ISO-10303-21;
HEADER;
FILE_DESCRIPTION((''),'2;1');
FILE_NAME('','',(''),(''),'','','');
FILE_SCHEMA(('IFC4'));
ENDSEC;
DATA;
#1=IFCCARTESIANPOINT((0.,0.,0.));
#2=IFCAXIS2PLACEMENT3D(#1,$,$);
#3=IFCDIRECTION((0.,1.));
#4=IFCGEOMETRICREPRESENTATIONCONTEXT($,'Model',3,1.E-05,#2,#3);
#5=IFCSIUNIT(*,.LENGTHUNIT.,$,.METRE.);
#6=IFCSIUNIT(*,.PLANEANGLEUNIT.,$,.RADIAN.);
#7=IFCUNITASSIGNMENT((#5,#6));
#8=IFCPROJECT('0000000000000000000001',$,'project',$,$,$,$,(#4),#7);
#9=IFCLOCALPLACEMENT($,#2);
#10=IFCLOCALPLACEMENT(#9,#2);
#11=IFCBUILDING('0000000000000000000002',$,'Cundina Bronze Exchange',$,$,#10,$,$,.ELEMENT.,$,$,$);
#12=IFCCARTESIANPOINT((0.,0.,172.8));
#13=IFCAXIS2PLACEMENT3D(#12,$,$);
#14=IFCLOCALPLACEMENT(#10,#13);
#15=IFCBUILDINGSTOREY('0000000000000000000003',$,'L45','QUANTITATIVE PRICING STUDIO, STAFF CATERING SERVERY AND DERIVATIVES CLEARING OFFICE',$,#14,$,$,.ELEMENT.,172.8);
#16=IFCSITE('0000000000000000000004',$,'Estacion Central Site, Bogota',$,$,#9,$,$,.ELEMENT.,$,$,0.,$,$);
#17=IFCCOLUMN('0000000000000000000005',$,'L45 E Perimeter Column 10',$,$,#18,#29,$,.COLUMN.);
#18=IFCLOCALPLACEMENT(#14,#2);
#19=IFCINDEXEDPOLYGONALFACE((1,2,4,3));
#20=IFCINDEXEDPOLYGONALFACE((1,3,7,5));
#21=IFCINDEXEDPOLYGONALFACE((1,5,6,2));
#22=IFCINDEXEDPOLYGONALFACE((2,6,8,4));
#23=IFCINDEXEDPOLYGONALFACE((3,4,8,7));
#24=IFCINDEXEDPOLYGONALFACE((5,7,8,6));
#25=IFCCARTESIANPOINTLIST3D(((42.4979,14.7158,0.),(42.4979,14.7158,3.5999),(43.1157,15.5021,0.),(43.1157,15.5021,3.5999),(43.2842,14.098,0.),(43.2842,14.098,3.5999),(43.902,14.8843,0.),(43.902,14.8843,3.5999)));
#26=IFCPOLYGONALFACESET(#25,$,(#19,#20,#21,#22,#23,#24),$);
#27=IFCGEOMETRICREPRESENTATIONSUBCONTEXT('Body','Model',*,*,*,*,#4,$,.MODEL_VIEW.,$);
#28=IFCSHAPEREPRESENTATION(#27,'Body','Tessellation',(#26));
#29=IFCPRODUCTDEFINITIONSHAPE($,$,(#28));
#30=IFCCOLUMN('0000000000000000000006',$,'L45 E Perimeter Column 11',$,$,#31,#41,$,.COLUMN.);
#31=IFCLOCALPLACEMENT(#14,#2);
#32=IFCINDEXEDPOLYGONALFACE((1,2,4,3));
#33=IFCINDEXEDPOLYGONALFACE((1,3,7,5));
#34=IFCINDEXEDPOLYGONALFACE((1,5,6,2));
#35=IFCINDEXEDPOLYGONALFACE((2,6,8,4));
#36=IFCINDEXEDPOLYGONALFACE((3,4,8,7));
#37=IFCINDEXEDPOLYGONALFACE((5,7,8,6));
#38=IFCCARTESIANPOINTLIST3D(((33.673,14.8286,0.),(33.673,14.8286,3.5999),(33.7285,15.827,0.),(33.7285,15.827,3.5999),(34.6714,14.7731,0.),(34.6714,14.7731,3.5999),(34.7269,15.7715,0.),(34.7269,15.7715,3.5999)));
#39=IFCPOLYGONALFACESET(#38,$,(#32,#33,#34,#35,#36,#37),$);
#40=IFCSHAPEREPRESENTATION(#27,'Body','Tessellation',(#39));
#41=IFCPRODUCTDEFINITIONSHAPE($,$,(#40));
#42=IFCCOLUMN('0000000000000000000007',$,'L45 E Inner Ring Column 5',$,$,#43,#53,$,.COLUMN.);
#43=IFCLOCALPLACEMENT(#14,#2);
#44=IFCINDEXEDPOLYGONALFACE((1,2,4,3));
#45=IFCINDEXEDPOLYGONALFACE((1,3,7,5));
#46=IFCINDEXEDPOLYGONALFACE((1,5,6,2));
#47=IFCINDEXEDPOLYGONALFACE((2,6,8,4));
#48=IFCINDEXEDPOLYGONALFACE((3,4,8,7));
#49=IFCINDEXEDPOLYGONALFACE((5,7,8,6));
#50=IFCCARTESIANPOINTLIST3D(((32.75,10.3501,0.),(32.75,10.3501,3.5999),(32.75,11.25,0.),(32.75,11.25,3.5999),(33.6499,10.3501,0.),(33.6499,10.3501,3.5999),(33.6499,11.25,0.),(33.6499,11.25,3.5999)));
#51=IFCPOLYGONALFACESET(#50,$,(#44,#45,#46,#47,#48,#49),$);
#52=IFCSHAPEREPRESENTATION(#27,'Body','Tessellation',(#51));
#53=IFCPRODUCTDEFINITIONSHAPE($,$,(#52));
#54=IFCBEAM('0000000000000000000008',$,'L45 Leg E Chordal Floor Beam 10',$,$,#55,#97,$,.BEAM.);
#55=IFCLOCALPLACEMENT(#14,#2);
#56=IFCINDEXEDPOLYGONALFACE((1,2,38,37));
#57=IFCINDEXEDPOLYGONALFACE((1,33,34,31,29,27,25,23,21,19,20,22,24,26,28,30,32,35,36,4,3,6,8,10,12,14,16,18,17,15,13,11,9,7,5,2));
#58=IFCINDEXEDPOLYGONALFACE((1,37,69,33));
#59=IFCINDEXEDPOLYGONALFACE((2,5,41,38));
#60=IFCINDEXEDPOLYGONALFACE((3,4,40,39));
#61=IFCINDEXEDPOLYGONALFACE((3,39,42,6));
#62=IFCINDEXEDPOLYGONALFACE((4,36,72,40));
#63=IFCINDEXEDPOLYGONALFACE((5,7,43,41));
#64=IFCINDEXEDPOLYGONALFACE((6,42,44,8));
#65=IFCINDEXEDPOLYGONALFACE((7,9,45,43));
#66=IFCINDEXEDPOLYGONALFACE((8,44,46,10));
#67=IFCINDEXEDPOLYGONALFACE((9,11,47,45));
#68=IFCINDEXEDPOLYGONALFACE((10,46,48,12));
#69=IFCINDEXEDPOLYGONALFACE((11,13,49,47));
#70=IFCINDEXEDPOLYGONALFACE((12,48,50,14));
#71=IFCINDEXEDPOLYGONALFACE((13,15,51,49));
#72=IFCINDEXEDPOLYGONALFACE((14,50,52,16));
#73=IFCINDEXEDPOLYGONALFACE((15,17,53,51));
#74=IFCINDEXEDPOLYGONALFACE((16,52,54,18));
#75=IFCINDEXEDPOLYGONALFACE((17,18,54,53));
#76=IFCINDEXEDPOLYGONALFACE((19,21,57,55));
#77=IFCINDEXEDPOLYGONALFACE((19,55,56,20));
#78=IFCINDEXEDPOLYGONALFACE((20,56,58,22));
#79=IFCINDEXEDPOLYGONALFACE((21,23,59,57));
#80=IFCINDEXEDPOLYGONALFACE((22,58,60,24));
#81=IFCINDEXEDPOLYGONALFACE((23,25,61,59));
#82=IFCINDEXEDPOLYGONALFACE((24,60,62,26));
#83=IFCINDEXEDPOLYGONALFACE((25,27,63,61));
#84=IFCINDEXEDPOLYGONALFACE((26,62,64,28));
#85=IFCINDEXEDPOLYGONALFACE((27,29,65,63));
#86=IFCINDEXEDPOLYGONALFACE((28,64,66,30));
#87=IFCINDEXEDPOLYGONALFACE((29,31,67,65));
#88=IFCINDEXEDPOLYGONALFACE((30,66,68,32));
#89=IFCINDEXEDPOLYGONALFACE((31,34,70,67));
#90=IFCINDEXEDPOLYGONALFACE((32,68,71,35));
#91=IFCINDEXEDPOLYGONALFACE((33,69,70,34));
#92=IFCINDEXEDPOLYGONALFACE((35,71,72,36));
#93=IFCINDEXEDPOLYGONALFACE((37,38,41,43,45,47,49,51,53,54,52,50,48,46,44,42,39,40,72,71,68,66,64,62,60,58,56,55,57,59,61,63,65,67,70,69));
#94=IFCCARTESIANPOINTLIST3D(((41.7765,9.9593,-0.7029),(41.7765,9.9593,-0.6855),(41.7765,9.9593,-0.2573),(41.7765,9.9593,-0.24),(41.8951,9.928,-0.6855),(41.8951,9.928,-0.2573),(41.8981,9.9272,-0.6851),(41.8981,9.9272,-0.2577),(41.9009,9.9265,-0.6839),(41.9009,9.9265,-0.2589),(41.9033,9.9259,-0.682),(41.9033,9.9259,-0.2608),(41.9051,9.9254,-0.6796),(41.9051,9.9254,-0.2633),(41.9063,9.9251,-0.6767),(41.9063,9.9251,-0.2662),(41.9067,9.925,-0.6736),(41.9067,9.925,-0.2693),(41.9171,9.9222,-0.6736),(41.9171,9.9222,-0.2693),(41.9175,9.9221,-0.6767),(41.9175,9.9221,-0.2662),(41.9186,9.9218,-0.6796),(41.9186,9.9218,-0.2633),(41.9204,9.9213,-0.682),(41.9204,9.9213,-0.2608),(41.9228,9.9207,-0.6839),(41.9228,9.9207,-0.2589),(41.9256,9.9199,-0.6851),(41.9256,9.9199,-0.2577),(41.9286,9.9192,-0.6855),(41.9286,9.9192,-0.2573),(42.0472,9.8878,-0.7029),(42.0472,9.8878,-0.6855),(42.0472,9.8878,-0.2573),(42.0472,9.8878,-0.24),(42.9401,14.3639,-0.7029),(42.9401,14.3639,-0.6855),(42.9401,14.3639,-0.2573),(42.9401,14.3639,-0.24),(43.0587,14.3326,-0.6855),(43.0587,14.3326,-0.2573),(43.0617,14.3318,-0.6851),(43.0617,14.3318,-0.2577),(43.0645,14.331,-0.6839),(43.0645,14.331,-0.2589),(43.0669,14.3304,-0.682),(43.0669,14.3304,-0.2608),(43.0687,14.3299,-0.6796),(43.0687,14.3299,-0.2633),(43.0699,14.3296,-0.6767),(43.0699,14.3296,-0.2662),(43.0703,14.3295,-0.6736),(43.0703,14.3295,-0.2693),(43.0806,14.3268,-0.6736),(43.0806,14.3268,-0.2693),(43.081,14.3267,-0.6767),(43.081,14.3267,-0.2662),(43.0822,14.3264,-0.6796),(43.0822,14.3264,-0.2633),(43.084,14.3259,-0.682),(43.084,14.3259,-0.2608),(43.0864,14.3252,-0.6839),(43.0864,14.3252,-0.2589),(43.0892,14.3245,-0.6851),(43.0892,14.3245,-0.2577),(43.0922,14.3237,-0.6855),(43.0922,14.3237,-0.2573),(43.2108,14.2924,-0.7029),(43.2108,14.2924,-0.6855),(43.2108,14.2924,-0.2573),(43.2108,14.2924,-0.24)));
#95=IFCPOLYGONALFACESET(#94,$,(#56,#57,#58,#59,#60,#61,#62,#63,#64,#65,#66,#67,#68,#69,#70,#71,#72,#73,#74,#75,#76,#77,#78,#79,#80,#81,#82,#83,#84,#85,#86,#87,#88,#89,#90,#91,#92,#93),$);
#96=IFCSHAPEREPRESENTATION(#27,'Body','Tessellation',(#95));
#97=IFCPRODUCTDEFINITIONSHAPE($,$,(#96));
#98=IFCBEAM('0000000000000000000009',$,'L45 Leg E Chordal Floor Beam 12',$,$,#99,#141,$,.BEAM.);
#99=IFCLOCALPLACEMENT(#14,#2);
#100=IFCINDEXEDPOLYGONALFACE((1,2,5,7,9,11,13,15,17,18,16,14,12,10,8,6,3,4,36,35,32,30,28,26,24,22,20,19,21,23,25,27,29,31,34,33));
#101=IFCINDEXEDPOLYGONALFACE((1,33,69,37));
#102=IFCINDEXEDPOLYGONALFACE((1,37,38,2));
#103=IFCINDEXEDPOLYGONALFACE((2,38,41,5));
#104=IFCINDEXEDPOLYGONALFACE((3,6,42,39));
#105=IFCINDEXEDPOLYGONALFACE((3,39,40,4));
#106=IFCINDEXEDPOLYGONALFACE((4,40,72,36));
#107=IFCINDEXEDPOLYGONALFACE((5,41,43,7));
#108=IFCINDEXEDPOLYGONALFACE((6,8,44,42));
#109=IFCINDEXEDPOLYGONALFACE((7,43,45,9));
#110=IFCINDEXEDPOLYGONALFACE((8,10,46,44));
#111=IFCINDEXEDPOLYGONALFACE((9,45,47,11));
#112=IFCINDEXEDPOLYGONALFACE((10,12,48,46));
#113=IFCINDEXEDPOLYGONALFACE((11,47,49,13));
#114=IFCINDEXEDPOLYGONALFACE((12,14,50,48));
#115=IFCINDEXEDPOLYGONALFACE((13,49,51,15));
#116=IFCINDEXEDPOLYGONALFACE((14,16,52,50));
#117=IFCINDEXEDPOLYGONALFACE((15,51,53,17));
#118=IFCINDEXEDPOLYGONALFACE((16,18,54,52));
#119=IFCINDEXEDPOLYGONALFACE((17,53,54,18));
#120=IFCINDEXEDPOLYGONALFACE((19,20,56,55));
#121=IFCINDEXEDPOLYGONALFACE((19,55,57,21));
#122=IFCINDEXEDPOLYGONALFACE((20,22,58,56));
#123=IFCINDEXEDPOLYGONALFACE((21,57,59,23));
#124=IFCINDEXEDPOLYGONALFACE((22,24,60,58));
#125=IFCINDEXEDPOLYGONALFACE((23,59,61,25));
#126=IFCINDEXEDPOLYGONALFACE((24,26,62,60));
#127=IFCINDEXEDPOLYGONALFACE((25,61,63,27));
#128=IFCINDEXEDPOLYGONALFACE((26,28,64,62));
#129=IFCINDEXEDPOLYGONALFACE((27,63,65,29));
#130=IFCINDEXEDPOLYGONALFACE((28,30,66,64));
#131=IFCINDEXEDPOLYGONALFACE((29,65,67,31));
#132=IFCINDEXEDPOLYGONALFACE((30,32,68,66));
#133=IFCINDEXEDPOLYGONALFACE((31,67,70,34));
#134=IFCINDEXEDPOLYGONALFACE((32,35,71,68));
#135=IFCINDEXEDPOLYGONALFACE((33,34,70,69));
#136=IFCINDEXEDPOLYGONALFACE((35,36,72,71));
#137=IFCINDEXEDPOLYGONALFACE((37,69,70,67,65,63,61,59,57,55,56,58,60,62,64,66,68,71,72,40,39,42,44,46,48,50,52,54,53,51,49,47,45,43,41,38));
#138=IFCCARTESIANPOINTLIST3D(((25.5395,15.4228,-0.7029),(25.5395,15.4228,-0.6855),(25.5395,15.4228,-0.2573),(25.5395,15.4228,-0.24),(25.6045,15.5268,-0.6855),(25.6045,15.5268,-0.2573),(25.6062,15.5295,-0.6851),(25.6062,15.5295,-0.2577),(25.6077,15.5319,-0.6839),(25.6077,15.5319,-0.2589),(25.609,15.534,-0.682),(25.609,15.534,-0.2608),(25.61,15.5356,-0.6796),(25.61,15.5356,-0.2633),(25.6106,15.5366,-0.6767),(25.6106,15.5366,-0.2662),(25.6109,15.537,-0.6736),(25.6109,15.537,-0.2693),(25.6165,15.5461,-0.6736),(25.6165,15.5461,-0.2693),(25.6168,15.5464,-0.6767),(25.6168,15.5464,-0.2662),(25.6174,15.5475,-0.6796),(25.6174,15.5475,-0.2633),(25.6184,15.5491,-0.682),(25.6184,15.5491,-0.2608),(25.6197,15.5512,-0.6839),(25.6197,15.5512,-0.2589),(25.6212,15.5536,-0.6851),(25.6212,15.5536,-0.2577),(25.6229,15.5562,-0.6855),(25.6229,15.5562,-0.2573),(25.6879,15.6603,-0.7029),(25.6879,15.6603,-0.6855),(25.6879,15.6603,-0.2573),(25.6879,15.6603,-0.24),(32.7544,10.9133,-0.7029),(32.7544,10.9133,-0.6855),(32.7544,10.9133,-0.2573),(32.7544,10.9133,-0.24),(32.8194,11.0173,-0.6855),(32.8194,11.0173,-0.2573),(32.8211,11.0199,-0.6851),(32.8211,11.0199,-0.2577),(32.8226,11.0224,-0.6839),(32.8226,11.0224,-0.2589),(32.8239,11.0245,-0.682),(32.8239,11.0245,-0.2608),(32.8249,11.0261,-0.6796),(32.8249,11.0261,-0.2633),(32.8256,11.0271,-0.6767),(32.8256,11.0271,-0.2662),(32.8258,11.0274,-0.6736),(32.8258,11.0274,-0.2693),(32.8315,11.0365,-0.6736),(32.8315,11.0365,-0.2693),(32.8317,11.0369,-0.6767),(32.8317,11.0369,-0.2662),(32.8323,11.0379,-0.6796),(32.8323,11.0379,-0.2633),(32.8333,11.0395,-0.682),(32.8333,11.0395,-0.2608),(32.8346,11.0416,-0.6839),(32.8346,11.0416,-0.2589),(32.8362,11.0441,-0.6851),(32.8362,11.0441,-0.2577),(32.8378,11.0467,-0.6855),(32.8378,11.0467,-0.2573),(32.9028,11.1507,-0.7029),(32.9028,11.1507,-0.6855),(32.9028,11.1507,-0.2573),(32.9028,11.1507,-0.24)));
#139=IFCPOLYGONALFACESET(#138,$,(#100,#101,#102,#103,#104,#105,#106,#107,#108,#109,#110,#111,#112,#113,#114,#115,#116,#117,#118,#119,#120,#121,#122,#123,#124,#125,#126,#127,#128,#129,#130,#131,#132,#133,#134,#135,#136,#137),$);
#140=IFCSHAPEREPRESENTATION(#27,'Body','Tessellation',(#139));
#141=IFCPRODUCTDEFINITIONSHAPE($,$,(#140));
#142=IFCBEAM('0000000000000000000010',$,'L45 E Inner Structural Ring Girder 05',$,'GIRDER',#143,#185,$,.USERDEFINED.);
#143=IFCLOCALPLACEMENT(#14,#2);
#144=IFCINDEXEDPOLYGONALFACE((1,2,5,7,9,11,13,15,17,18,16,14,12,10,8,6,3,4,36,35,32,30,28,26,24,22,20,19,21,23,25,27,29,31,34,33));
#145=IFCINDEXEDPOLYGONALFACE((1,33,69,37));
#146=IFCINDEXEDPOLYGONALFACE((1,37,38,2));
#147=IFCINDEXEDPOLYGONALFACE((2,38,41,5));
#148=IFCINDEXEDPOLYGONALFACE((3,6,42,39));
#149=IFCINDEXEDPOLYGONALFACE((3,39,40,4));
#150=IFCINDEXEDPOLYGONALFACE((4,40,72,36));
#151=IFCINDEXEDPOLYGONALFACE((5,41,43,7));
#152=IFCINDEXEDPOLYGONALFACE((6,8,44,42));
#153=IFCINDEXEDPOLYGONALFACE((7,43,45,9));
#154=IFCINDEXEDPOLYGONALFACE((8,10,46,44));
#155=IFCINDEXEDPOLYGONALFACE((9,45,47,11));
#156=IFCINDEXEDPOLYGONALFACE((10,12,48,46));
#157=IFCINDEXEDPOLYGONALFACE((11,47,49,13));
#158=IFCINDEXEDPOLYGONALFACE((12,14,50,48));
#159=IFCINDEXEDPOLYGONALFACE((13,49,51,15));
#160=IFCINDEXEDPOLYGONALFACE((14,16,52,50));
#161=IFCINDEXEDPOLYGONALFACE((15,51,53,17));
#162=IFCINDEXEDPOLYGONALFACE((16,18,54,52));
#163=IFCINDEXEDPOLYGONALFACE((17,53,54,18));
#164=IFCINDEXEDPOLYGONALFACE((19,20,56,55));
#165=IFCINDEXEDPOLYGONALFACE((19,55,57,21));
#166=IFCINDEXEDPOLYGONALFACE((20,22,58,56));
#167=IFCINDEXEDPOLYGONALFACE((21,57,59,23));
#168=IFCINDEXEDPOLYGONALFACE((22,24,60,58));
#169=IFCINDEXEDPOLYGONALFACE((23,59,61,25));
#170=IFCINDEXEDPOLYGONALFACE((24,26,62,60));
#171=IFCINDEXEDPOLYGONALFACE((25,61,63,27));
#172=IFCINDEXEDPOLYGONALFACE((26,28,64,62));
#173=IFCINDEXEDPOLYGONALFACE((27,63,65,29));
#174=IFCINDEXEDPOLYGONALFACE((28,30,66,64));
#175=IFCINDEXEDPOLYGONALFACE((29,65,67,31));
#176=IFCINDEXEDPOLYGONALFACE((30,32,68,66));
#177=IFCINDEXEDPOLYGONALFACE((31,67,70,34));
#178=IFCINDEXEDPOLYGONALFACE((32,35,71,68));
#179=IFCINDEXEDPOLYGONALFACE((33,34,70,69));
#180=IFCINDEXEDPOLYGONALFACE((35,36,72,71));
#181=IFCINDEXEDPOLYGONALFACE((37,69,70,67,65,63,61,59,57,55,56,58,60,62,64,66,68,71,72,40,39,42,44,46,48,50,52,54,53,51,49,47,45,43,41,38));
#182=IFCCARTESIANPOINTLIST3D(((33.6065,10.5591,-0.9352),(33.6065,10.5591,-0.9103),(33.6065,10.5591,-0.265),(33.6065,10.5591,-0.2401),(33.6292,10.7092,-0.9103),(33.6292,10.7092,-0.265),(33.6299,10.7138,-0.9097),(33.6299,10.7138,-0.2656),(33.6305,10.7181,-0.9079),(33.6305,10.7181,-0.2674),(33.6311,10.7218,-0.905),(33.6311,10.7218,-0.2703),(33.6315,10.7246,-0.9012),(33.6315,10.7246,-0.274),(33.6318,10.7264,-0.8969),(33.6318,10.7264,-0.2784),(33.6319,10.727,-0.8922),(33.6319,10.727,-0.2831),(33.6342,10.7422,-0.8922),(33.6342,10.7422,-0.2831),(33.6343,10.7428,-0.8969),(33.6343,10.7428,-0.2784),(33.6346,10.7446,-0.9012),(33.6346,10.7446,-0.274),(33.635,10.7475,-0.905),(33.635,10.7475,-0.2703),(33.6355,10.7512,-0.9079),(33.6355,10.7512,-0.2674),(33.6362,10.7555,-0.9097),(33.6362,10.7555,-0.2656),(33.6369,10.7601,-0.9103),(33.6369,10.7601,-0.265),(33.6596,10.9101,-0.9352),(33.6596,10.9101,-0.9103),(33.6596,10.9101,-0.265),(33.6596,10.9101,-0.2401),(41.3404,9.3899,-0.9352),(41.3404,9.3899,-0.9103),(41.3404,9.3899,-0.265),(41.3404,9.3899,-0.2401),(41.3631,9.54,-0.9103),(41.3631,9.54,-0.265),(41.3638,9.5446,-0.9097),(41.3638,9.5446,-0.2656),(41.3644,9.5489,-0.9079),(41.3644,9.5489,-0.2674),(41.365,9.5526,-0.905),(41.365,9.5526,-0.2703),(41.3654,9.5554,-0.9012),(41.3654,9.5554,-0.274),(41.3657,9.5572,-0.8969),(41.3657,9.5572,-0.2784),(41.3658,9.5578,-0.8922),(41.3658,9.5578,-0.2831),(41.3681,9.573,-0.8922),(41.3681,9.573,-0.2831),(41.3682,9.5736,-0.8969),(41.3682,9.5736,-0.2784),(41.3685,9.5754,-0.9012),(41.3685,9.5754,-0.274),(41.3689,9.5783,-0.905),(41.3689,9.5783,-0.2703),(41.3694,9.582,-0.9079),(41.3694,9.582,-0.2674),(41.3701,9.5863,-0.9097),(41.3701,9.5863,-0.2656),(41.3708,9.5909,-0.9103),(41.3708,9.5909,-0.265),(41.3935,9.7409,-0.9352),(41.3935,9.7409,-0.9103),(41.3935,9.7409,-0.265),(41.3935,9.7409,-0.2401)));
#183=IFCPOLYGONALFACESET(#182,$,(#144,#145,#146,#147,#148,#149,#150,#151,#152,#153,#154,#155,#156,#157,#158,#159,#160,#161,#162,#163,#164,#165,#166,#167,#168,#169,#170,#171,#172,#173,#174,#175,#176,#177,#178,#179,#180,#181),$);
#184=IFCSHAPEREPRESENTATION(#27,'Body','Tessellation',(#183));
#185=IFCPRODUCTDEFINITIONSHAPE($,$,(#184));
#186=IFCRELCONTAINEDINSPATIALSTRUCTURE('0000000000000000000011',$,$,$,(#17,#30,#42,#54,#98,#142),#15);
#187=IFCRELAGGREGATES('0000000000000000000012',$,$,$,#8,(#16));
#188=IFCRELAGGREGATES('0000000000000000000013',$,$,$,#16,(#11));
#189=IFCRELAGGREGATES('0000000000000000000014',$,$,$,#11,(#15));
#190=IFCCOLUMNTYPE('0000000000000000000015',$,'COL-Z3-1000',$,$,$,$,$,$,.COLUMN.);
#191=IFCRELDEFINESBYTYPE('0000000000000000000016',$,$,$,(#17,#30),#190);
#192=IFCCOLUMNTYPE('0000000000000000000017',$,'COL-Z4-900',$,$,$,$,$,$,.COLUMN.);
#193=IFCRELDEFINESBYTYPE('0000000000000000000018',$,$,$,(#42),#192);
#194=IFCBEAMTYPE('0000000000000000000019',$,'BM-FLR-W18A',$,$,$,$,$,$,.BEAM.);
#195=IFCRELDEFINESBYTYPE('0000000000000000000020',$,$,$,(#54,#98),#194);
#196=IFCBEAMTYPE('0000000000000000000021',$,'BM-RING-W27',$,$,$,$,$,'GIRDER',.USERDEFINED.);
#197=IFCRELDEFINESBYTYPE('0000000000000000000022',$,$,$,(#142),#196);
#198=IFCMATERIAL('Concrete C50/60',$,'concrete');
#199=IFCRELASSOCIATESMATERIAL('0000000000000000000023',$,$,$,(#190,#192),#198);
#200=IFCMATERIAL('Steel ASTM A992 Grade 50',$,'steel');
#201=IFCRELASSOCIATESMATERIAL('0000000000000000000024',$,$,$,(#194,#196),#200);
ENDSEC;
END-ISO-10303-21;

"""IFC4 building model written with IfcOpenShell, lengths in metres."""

from ifc_helpers import new_model, si_unit, direction, frame, origin, origin_2d, place, context, subcontext, project, spatial, rectangle, i_section, extrude, material, material_profile, profile_set, type_object, element, save


model = new_model("IFC4")

# Units and contexts
model_context = context("Model", 3, precision=1e-05, world=origin(), true_north=direction((0.0, 1.0)))
body_context = subcontext(model_context, "Body", "Model", "MODEL_VIEW")
ifc_project = project(units=[si_unit("LENGTHUNIT", "METRE"), si_unit("PLANEANGLEUNIT", "RADIAN")], contexts=[model_context])

# Site, building, storey
site_placement = place(None, origin())
site = spatial("IfcSite", under=ifc_project, at=site_placement, Name="Estacion Central Site, Bogota", CompositionType="ELEMENT", RefElevation=0.0)
building_placement = place(site_placement, origin())
building = spatial("IfcBuilding", under=site, at=building_placement, Name="Cundina Bronze Exchange", CompositionType="ELEMENT")
storey_placement = place(building_placement, frame((0.0, 0.0, 172.8)))
storey = spatial("IfcBuildingStorey", under=building, at=storey_placement, Name="L45", Description="QUANTITATIVE PRICING STUDIO, STAFF CATERING SERVERY AND DERIVATIVES CLEARING OFFICE", CompositionType="ELEMENT", Elevation=172.8)

# Columns
ifc_material_1 = material(Name="Concrete C50/60", Category="concrete")
ifc_material_profile_1 = material_profile(ifc_material_1, rectangle(XDim=1.0, YDim=1.0, at=origin_2d()), Name="RC1000X1000", Category="concrete")
ifc_profile_set_1 = profile_set([ifc_material_profile_1], Name="Concrete C50/60")
column_type_1 = type_object("IfcColumnType", Name="COL-Z3-1000", PredefinedType="COLUMN", material=ifc_profile_set_1)
for number, where, z_axis, x_axis, name in (
    (1, (43.2, 14.8, 0.0), (0.0, 0.0, 1.0), (-0.786288, 0.61786, 0.0), "L45 E Perimeter Column 10"),
    (2, (34.2, 15.3, 0.0), (0.0, 0.0, 1.0), (-0.99846, 0.055473, 0.0), "L45 E Perimeter Column 11"),
):
    element("IfcColumn", number, at=place(storey_placement, frame(where, z_axis=z_axis, x_axis=x_axis)), inside=storey, type_object=column_type_1, Name=name, PredefinedType="COLUMN", context=body_context, shape_type="SweptSolid", body=[
        extrude(rectangle(XDim=1.0, YDim=1.0, at=origin_2d()), origin(), (0.0, 0.0, 1.0), 3.5999),
    ])
ifc_material_profile_2 = material_profile(ifc_material_1, rectangle(XDim=0.8999, YDim=0.8999, at=origin_2d()), Name="RC900X900", Category="concrete")
ifc_profile_set_2 = profile_set([ifc_material_profile_2], Name="Concrete C50/60")
column_type_2 = type_object("IfcColumnType", Name="COL-Z4-900", PredefinedType="COLUMN", material=ifc_profile_set_2)
column_placement = place(storey_placement, frame((33.2, 10.8, 0.0), z_axis=(0.0, 0.0, 1.0), x_axis=(1.0, 0.0, 0.0)))
element("IfcColumn", 3, at=column_placement, inside=storey, type_object=column_type_2, Name="L45 E Inner Ring Column 5", PredefinedType="COLUMN", context=body_context, shape_type="SweptSolid", body=[
    extrude(rectangle(XDim=0.8999, YDim=0.8999, at=origin_2d()), origin(), (0.0, 0.0, 1.0), 3.5999),
])

# Beams
ifc_material_2 = material(Name="Steel ASTM A992 Grade 50", Category="steel")
ifc_material_profile_3 = material_profile(ifc_material_2, i_section(OverallWidth=0.28, OverallDepth=0.4629, WebThickness=0.0107, FlangeThickness=0.0173, FilletRadius=0.012, at=origin_2d()), Name="W18X76", Category="steel")
ifc_profile_set_3 = profile_set([ifc_material_profile_3], Name="Steel ASTM A992 Grade 50")
beam_type_1 = type_object("IfcBeamType", Name="BM-FLR-W18A", PredefinedType="BEAM", material=ifc_profile_set_3)
beam_1_placement = place(storey_placement, frame((41.9119, 9.9236, -0.4714), z_axis=(0.255414, 0.966832, 0.0), x_axis=(-0.966832, 0.255414, 0.0)))
element("IfcBeam", 4, at=beam_1_placement, inside=storey, type_object=beam_type_1, Name="L45 Leg E Chordal Floor Beam 10", PredefinedType="BEAM", context=body_context, shape_type="SweptSolid", body=[
    extrude(i_section(OverallWidth=0.28, OverallDepth=0.4629, WebThickness=0.0107, FlangeThickness=0.0173, FilletRadius=0.012, at=origin_2d()), origin(), (0.0, 0.0, 1.0), 4.5557),
])
beam_2_placement = place(storey_placement, frame((32.8286, 11.032, -0.4714), z_axis=(-0.847985, 0.53002, 0.0), x_axis=(-0.53002, -0.847985, 0.0)))
element("IfcBeam", 5, at=beam_2_placement, inside=storey, type_object=beam_type_1, Name="L45 Leg E Chordal Floor Beam 12", PredefinedType="BEAM", context=body_context, shape_type="SweptSolid", body=[
    extrude(i_section(OverallWidth=0.28, OverallDepth=0.4629, WebThickness=0.0107, FlangeThickness=0.0173, FilletRadius=0.012, at=origin_2d()), origin(), (0.0, 0.0, 1.0), 8.5083),
])
ifc_material_profile_4 = material_profile(ifc_material_2, i_section(OverallWidth=0.355, OverallDepth=0.6951, WebThickness=0.0154, FlangeThickness=0.0249, FilletRadius=0.0181, at=origin_2d()), Name="W27X146", Category="steel")
ifc_profile_set_4 = profile_set([ifc_material_profile_4], Name="Steel ASTM A992 Grade 50")
beam_type_2 = type_object("IfcBeamType", Name="BM-RING-W27", ElementType="GIRDER", PredefinedType="USERDEFINED", material=ifc_profile_set_4)
beam_3_placement = place(storey_placement, frame((41.3669, 9.5654, -0.5876), z_axis=(-0.988765, 0.149479, 0.0), x_axis=(-0.149479, -0.988765, 0.0)))
element("IfcBeam", 6, at=beam_3_placement, inside=storey, type_object=beam_type_2, Name="L45 E Inner Structural Ring Girder 05", ObjectType="GIRDER", PredefinedType="USERDEFINED", context=body_context, shape_type="SweptSolid", body=[
    extrude(i_section(OverallWidth=0.355, OverallDepth=0.6951, WebThickness=0.0154, FlangeThickness=0.0249, FilletRadius=0.0181, at=origin_2d()), origin(), (0.0, 0.0, 1.0), 7.8218),
])

save(model, "model.ifc")
